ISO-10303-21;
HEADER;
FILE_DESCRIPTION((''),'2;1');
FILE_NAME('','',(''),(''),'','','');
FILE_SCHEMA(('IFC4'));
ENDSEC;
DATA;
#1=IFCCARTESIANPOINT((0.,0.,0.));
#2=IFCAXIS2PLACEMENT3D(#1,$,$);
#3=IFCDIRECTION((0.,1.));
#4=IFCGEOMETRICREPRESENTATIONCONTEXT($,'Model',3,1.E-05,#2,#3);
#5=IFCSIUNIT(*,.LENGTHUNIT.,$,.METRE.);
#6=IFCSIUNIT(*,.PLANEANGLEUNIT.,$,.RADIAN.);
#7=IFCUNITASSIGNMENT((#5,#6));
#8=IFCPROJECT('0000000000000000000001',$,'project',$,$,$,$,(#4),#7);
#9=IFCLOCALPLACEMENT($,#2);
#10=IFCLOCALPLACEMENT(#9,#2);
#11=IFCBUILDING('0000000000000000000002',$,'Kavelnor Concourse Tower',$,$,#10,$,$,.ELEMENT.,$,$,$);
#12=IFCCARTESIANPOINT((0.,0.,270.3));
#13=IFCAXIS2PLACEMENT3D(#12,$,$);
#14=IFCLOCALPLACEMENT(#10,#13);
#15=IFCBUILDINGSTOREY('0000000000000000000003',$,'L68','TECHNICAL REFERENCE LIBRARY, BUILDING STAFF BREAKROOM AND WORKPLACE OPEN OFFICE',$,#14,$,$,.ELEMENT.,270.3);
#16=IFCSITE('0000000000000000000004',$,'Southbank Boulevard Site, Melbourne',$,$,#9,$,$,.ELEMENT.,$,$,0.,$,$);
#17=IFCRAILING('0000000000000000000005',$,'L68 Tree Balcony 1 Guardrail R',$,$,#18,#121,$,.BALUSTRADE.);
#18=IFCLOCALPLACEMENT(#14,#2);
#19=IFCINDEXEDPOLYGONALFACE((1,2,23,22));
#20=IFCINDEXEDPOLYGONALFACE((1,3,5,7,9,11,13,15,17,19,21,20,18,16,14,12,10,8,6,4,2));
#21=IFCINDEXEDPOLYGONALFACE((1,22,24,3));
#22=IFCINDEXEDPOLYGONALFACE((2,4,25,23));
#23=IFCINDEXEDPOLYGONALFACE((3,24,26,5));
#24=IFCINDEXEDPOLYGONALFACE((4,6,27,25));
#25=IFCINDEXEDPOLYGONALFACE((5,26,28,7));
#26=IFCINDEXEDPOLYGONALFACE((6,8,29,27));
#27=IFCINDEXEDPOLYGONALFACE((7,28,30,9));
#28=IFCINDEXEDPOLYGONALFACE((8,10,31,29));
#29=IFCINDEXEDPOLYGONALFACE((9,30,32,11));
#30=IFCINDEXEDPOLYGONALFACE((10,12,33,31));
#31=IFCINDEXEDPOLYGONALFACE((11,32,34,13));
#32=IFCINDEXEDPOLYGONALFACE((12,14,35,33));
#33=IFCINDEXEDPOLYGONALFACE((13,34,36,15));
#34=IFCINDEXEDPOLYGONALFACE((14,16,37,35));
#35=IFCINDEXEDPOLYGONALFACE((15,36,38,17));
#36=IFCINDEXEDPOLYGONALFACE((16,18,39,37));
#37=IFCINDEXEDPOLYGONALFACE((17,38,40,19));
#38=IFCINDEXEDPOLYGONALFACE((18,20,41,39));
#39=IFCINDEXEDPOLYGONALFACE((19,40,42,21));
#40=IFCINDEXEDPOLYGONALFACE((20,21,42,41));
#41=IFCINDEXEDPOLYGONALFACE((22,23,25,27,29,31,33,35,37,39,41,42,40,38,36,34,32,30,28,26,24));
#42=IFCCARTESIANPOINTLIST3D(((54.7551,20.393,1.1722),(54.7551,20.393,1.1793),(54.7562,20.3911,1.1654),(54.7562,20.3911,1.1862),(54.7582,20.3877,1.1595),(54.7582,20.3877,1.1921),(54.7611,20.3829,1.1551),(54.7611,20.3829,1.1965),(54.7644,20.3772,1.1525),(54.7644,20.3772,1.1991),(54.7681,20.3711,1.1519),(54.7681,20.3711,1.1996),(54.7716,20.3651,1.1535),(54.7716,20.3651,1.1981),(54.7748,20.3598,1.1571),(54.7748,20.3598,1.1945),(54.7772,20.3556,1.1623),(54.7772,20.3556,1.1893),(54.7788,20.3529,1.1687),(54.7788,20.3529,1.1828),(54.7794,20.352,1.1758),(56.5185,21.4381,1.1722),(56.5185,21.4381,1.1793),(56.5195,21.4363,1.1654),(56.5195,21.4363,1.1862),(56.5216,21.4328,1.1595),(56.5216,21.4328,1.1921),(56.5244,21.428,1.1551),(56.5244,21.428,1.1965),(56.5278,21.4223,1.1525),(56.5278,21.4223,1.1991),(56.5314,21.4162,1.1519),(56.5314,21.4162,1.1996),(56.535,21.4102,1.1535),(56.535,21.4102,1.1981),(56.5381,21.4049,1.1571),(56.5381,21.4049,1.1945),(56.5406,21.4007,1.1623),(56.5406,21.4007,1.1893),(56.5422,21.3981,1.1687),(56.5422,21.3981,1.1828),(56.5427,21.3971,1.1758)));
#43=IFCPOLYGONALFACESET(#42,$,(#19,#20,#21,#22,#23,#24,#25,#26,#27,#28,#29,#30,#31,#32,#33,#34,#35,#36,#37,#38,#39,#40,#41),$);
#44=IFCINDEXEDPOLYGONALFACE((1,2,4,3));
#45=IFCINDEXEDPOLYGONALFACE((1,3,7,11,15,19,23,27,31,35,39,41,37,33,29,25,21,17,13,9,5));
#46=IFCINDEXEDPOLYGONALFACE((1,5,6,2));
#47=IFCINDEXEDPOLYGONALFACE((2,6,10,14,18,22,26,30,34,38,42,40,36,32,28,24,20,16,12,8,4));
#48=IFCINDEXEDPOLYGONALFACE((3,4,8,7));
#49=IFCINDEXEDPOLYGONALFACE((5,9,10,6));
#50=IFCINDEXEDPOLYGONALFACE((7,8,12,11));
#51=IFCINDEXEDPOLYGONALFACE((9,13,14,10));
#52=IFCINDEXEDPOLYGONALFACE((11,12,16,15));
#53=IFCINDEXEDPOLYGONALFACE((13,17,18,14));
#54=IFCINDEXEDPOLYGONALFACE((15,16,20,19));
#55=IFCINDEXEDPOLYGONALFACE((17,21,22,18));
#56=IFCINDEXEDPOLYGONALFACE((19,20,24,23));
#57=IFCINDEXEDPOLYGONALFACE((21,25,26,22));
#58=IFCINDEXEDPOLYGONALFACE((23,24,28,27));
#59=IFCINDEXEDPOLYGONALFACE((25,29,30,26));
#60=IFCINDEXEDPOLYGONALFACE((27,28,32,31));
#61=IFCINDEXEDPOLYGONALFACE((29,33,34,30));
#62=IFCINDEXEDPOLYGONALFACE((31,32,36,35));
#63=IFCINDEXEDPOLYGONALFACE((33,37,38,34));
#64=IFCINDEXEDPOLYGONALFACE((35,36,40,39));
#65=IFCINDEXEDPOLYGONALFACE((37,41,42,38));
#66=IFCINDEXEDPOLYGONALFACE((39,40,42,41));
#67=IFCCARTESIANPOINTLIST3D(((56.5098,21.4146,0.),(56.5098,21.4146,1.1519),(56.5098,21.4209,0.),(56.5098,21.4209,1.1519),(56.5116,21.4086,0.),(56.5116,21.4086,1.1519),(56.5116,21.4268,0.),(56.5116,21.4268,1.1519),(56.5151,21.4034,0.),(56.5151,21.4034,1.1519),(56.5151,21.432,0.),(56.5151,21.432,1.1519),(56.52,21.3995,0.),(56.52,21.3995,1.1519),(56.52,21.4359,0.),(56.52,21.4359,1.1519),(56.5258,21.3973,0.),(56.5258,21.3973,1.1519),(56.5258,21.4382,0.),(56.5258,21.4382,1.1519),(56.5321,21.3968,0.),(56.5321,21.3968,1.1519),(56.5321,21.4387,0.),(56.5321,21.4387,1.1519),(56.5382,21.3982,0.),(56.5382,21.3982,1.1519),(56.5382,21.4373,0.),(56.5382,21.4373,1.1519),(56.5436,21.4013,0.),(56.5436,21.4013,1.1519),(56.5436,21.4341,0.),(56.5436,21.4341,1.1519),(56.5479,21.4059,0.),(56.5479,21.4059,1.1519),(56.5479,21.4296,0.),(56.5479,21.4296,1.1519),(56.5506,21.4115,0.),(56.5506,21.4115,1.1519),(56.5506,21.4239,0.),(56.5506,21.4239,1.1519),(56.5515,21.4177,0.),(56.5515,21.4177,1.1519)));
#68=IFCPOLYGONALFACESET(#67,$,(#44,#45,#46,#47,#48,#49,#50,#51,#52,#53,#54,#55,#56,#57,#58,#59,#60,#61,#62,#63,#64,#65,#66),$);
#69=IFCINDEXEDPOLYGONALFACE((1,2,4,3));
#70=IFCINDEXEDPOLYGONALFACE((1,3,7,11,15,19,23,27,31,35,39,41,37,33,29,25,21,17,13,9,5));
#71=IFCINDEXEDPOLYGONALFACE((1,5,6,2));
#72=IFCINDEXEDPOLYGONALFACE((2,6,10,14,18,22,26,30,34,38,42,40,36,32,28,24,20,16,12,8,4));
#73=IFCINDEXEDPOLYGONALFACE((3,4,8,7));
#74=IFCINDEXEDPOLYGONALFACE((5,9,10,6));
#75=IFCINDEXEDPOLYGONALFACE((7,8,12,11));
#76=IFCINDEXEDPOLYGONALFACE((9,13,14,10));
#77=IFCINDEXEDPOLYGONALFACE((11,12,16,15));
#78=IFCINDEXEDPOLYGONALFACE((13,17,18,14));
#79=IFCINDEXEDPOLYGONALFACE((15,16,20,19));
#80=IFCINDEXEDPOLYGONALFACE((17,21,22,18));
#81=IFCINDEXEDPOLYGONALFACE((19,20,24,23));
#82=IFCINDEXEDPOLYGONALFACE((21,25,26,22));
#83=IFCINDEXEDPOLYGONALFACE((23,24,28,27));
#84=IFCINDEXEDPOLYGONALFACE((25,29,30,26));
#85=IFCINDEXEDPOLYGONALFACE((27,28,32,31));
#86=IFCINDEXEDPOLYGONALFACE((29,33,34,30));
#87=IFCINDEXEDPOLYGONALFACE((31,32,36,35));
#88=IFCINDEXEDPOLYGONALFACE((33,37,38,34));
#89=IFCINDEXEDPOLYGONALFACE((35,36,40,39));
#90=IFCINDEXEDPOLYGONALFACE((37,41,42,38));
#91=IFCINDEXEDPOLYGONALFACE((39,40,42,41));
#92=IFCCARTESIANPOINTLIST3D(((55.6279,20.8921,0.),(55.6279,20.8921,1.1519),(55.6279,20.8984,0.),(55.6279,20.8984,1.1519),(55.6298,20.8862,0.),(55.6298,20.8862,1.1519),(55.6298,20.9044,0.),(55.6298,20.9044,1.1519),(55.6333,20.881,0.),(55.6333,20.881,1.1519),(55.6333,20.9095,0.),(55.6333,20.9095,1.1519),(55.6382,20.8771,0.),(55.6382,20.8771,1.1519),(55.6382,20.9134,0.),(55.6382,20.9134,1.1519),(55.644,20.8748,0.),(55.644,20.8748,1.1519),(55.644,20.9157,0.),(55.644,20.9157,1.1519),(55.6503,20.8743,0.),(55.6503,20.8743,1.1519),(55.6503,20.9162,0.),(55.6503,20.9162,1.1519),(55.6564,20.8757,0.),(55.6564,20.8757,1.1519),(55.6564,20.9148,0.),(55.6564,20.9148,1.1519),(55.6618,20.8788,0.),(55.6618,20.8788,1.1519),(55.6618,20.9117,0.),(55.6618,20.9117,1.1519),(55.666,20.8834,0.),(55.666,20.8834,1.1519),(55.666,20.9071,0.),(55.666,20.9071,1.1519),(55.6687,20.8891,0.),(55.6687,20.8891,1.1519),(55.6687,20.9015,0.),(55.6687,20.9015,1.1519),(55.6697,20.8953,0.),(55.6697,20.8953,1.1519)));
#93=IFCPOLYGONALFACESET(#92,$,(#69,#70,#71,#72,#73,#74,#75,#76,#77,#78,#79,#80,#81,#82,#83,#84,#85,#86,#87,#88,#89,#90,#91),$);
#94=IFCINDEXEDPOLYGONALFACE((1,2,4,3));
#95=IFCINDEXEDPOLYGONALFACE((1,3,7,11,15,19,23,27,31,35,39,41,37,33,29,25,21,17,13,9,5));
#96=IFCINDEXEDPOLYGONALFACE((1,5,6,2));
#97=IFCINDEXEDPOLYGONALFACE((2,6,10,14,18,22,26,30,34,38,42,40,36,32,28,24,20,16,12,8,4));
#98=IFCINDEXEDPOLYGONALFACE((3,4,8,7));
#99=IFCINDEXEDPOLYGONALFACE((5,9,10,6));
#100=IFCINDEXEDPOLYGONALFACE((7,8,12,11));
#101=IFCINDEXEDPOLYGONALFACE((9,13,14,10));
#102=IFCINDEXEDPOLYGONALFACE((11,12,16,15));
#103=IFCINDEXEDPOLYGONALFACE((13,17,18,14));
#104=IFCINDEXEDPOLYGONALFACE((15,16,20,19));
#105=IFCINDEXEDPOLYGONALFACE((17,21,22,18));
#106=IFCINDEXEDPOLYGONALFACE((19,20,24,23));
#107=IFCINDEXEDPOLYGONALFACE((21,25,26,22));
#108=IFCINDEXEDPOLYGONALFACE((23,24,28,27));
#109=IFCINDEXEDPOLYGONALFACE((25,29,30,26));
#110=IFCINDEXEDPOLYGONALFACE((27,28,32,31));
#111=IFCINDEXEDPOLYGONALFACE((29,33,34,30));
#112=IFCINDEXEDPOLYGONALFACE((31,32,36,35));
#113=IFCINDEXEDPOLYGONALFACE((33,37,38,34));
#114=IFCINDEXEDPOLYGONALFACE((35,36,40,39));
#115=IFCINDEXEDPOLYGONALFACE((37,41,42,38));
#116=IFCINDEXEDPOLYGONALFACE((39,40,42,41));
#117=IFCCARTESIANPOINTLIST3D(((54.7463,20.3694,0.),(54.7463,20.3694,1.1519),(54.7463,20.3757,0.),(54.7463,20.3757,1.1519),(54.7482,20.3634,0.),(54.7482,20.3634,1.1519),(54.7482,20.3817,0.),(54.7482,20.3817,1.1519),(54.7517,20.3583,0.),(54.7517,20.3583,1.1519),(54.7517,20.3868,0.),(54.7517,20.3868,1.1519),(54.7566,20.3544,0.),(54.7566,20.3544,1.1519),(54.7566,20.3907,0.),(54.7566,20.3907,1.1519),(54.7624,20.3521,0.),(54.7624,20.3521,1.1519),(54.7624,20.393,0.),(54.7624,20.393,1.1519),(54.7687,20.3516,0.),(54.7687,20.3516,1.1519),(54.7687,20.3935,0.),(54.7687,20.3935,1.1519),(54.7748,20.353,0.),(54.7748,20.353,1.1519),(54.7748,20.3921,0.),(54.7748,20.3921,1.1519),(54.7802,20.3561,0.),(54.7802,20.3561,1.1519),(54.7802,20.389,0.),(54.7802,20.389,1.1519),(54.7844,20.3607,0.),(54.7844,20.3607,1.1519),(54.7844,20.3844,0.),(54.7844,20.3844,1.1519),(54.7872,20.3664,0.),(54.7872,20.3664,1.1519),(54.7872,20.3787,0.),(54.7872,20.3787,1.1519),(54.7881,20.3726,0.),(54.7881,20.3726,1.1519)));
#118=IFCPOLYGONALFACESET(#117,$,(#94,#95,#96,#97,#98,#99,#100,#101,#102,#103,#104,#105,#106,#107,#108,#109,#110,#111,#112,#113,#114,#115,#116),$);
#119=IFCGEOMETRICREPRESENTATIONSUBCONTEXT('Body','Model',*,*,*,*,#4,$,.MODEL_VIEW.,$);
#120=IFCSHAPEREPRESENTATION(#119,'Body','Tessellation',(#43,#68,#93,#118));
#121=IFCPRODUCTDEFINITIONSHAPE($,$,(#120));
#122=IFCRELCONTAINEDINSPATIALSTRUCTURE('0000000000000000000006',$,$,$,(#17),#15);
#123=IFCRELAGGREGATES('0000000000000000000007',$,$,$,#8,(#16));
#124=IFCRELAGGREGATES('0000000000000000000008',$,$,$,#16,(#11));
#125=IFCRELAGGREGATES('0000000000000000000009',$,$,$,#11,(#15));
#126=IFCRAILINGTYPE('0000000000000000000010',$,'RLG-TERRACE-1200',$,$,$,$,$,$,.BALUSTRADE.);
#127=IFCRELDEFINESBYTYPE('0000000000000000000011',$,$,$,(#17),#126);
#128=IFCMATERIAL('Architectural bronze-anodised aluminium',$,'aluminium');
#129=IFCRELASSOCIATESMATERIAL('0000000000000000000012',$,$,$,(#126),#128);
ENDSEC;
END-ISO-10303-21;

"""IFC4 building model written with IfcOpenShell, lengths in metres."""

from ifc_helpers import new_model, si_unit, direction, frame, origin, origin_2d, place, context, subcontext, project, spatial, circle, extrude, material, type_object, element, save


model = new_model("IFC4")

# Units and contexts
model_context = context("Model", 3, precision=1e-05, world=origin(), true_north=direction((0.0, 1.0)))
body_context = subcontext(model_context, "Body", "Model", "MODEL_VIEW")
ifc_project = project(units=[si_unit("LENGTHUNIT", "METRE"), si_unit("PLANEANGLEUNIT", "RADIAN")], contexts=[model_context])

# Site, building, storey
site_placement = place(None, origin())
site = spatial("IfcSite", under=ifc_project, at=site_placement, Name="Southbank Boulevard Site, Melbourne", CompositionType="ELEMENT", RefElevation=0.0)
building_placement = place(site_placement, origin())
building = spatial("IfcBuilding", under=site, at=building_placement, Name="Kavelnor Concourse Tower", CompositionType="ELEMENT")
storey_placement = place(building_placement, frame((0.0, 0.0, 270.3)))
storey = spatial("IfcBuildingStorey", under=building, at=storey_placement, Name="L68", Description="TECHNICAL REFERENCE LIBRARY, BUILDING STAFF BREAKROOM AND WORKPLACE OPEN OFFICE", CompositionType="ELEMENT", Elevation=270.3)

# Railing
ifc_material_1 = material(Name="Architectural bronze-anodised aluminium", Category="aluminium")
railing_type_1 = type_object("IfcRailingType", Name="RLG-TERRACE-1200", PredefinedType="BALUSTRADE", material=ifc_material_1)
railing_1_placement = place(storey_placement, frame((56.5305, 21.4177, 0.0)))
element("IfcRailing", 1, at=railing_1_placement, inside=storey, type_object=railing_type_1, Name="L68 Tree Balcony 1 Guardrail R", PredefinedType="BALUSTRADE", context=body_context, shape_type="SweptSolid", body=[
    extrude(circle(Radius=0.0239, at=origin_2d()), frame((0.0, 0.0, 1.1758), z_axis=(-0.860255, -0.509864, 0.0), x_axis=(0.509864, -0.860255, 0.0)), (0.0, 0.0, 1.0), 2.0498),
    extrude(circle(Radius=0.021, at=origin_2d()), origin(), (0.0, 0.0, 1.0), 1.1519),
    extrude(circle(Radius=0.021, at=origin_2d()), frame((-0.8818, -0.5225, 0.0)), (0.0, 0.0, 1.0), 1.1519),
    extrude(circle(Radius=0.021, at=origin_2d()), frame((-1.7634, -1.0452, 0.0)), (0.0, 0.0, 1.0), 1.1519),
])

save(model, "model.ifc")
